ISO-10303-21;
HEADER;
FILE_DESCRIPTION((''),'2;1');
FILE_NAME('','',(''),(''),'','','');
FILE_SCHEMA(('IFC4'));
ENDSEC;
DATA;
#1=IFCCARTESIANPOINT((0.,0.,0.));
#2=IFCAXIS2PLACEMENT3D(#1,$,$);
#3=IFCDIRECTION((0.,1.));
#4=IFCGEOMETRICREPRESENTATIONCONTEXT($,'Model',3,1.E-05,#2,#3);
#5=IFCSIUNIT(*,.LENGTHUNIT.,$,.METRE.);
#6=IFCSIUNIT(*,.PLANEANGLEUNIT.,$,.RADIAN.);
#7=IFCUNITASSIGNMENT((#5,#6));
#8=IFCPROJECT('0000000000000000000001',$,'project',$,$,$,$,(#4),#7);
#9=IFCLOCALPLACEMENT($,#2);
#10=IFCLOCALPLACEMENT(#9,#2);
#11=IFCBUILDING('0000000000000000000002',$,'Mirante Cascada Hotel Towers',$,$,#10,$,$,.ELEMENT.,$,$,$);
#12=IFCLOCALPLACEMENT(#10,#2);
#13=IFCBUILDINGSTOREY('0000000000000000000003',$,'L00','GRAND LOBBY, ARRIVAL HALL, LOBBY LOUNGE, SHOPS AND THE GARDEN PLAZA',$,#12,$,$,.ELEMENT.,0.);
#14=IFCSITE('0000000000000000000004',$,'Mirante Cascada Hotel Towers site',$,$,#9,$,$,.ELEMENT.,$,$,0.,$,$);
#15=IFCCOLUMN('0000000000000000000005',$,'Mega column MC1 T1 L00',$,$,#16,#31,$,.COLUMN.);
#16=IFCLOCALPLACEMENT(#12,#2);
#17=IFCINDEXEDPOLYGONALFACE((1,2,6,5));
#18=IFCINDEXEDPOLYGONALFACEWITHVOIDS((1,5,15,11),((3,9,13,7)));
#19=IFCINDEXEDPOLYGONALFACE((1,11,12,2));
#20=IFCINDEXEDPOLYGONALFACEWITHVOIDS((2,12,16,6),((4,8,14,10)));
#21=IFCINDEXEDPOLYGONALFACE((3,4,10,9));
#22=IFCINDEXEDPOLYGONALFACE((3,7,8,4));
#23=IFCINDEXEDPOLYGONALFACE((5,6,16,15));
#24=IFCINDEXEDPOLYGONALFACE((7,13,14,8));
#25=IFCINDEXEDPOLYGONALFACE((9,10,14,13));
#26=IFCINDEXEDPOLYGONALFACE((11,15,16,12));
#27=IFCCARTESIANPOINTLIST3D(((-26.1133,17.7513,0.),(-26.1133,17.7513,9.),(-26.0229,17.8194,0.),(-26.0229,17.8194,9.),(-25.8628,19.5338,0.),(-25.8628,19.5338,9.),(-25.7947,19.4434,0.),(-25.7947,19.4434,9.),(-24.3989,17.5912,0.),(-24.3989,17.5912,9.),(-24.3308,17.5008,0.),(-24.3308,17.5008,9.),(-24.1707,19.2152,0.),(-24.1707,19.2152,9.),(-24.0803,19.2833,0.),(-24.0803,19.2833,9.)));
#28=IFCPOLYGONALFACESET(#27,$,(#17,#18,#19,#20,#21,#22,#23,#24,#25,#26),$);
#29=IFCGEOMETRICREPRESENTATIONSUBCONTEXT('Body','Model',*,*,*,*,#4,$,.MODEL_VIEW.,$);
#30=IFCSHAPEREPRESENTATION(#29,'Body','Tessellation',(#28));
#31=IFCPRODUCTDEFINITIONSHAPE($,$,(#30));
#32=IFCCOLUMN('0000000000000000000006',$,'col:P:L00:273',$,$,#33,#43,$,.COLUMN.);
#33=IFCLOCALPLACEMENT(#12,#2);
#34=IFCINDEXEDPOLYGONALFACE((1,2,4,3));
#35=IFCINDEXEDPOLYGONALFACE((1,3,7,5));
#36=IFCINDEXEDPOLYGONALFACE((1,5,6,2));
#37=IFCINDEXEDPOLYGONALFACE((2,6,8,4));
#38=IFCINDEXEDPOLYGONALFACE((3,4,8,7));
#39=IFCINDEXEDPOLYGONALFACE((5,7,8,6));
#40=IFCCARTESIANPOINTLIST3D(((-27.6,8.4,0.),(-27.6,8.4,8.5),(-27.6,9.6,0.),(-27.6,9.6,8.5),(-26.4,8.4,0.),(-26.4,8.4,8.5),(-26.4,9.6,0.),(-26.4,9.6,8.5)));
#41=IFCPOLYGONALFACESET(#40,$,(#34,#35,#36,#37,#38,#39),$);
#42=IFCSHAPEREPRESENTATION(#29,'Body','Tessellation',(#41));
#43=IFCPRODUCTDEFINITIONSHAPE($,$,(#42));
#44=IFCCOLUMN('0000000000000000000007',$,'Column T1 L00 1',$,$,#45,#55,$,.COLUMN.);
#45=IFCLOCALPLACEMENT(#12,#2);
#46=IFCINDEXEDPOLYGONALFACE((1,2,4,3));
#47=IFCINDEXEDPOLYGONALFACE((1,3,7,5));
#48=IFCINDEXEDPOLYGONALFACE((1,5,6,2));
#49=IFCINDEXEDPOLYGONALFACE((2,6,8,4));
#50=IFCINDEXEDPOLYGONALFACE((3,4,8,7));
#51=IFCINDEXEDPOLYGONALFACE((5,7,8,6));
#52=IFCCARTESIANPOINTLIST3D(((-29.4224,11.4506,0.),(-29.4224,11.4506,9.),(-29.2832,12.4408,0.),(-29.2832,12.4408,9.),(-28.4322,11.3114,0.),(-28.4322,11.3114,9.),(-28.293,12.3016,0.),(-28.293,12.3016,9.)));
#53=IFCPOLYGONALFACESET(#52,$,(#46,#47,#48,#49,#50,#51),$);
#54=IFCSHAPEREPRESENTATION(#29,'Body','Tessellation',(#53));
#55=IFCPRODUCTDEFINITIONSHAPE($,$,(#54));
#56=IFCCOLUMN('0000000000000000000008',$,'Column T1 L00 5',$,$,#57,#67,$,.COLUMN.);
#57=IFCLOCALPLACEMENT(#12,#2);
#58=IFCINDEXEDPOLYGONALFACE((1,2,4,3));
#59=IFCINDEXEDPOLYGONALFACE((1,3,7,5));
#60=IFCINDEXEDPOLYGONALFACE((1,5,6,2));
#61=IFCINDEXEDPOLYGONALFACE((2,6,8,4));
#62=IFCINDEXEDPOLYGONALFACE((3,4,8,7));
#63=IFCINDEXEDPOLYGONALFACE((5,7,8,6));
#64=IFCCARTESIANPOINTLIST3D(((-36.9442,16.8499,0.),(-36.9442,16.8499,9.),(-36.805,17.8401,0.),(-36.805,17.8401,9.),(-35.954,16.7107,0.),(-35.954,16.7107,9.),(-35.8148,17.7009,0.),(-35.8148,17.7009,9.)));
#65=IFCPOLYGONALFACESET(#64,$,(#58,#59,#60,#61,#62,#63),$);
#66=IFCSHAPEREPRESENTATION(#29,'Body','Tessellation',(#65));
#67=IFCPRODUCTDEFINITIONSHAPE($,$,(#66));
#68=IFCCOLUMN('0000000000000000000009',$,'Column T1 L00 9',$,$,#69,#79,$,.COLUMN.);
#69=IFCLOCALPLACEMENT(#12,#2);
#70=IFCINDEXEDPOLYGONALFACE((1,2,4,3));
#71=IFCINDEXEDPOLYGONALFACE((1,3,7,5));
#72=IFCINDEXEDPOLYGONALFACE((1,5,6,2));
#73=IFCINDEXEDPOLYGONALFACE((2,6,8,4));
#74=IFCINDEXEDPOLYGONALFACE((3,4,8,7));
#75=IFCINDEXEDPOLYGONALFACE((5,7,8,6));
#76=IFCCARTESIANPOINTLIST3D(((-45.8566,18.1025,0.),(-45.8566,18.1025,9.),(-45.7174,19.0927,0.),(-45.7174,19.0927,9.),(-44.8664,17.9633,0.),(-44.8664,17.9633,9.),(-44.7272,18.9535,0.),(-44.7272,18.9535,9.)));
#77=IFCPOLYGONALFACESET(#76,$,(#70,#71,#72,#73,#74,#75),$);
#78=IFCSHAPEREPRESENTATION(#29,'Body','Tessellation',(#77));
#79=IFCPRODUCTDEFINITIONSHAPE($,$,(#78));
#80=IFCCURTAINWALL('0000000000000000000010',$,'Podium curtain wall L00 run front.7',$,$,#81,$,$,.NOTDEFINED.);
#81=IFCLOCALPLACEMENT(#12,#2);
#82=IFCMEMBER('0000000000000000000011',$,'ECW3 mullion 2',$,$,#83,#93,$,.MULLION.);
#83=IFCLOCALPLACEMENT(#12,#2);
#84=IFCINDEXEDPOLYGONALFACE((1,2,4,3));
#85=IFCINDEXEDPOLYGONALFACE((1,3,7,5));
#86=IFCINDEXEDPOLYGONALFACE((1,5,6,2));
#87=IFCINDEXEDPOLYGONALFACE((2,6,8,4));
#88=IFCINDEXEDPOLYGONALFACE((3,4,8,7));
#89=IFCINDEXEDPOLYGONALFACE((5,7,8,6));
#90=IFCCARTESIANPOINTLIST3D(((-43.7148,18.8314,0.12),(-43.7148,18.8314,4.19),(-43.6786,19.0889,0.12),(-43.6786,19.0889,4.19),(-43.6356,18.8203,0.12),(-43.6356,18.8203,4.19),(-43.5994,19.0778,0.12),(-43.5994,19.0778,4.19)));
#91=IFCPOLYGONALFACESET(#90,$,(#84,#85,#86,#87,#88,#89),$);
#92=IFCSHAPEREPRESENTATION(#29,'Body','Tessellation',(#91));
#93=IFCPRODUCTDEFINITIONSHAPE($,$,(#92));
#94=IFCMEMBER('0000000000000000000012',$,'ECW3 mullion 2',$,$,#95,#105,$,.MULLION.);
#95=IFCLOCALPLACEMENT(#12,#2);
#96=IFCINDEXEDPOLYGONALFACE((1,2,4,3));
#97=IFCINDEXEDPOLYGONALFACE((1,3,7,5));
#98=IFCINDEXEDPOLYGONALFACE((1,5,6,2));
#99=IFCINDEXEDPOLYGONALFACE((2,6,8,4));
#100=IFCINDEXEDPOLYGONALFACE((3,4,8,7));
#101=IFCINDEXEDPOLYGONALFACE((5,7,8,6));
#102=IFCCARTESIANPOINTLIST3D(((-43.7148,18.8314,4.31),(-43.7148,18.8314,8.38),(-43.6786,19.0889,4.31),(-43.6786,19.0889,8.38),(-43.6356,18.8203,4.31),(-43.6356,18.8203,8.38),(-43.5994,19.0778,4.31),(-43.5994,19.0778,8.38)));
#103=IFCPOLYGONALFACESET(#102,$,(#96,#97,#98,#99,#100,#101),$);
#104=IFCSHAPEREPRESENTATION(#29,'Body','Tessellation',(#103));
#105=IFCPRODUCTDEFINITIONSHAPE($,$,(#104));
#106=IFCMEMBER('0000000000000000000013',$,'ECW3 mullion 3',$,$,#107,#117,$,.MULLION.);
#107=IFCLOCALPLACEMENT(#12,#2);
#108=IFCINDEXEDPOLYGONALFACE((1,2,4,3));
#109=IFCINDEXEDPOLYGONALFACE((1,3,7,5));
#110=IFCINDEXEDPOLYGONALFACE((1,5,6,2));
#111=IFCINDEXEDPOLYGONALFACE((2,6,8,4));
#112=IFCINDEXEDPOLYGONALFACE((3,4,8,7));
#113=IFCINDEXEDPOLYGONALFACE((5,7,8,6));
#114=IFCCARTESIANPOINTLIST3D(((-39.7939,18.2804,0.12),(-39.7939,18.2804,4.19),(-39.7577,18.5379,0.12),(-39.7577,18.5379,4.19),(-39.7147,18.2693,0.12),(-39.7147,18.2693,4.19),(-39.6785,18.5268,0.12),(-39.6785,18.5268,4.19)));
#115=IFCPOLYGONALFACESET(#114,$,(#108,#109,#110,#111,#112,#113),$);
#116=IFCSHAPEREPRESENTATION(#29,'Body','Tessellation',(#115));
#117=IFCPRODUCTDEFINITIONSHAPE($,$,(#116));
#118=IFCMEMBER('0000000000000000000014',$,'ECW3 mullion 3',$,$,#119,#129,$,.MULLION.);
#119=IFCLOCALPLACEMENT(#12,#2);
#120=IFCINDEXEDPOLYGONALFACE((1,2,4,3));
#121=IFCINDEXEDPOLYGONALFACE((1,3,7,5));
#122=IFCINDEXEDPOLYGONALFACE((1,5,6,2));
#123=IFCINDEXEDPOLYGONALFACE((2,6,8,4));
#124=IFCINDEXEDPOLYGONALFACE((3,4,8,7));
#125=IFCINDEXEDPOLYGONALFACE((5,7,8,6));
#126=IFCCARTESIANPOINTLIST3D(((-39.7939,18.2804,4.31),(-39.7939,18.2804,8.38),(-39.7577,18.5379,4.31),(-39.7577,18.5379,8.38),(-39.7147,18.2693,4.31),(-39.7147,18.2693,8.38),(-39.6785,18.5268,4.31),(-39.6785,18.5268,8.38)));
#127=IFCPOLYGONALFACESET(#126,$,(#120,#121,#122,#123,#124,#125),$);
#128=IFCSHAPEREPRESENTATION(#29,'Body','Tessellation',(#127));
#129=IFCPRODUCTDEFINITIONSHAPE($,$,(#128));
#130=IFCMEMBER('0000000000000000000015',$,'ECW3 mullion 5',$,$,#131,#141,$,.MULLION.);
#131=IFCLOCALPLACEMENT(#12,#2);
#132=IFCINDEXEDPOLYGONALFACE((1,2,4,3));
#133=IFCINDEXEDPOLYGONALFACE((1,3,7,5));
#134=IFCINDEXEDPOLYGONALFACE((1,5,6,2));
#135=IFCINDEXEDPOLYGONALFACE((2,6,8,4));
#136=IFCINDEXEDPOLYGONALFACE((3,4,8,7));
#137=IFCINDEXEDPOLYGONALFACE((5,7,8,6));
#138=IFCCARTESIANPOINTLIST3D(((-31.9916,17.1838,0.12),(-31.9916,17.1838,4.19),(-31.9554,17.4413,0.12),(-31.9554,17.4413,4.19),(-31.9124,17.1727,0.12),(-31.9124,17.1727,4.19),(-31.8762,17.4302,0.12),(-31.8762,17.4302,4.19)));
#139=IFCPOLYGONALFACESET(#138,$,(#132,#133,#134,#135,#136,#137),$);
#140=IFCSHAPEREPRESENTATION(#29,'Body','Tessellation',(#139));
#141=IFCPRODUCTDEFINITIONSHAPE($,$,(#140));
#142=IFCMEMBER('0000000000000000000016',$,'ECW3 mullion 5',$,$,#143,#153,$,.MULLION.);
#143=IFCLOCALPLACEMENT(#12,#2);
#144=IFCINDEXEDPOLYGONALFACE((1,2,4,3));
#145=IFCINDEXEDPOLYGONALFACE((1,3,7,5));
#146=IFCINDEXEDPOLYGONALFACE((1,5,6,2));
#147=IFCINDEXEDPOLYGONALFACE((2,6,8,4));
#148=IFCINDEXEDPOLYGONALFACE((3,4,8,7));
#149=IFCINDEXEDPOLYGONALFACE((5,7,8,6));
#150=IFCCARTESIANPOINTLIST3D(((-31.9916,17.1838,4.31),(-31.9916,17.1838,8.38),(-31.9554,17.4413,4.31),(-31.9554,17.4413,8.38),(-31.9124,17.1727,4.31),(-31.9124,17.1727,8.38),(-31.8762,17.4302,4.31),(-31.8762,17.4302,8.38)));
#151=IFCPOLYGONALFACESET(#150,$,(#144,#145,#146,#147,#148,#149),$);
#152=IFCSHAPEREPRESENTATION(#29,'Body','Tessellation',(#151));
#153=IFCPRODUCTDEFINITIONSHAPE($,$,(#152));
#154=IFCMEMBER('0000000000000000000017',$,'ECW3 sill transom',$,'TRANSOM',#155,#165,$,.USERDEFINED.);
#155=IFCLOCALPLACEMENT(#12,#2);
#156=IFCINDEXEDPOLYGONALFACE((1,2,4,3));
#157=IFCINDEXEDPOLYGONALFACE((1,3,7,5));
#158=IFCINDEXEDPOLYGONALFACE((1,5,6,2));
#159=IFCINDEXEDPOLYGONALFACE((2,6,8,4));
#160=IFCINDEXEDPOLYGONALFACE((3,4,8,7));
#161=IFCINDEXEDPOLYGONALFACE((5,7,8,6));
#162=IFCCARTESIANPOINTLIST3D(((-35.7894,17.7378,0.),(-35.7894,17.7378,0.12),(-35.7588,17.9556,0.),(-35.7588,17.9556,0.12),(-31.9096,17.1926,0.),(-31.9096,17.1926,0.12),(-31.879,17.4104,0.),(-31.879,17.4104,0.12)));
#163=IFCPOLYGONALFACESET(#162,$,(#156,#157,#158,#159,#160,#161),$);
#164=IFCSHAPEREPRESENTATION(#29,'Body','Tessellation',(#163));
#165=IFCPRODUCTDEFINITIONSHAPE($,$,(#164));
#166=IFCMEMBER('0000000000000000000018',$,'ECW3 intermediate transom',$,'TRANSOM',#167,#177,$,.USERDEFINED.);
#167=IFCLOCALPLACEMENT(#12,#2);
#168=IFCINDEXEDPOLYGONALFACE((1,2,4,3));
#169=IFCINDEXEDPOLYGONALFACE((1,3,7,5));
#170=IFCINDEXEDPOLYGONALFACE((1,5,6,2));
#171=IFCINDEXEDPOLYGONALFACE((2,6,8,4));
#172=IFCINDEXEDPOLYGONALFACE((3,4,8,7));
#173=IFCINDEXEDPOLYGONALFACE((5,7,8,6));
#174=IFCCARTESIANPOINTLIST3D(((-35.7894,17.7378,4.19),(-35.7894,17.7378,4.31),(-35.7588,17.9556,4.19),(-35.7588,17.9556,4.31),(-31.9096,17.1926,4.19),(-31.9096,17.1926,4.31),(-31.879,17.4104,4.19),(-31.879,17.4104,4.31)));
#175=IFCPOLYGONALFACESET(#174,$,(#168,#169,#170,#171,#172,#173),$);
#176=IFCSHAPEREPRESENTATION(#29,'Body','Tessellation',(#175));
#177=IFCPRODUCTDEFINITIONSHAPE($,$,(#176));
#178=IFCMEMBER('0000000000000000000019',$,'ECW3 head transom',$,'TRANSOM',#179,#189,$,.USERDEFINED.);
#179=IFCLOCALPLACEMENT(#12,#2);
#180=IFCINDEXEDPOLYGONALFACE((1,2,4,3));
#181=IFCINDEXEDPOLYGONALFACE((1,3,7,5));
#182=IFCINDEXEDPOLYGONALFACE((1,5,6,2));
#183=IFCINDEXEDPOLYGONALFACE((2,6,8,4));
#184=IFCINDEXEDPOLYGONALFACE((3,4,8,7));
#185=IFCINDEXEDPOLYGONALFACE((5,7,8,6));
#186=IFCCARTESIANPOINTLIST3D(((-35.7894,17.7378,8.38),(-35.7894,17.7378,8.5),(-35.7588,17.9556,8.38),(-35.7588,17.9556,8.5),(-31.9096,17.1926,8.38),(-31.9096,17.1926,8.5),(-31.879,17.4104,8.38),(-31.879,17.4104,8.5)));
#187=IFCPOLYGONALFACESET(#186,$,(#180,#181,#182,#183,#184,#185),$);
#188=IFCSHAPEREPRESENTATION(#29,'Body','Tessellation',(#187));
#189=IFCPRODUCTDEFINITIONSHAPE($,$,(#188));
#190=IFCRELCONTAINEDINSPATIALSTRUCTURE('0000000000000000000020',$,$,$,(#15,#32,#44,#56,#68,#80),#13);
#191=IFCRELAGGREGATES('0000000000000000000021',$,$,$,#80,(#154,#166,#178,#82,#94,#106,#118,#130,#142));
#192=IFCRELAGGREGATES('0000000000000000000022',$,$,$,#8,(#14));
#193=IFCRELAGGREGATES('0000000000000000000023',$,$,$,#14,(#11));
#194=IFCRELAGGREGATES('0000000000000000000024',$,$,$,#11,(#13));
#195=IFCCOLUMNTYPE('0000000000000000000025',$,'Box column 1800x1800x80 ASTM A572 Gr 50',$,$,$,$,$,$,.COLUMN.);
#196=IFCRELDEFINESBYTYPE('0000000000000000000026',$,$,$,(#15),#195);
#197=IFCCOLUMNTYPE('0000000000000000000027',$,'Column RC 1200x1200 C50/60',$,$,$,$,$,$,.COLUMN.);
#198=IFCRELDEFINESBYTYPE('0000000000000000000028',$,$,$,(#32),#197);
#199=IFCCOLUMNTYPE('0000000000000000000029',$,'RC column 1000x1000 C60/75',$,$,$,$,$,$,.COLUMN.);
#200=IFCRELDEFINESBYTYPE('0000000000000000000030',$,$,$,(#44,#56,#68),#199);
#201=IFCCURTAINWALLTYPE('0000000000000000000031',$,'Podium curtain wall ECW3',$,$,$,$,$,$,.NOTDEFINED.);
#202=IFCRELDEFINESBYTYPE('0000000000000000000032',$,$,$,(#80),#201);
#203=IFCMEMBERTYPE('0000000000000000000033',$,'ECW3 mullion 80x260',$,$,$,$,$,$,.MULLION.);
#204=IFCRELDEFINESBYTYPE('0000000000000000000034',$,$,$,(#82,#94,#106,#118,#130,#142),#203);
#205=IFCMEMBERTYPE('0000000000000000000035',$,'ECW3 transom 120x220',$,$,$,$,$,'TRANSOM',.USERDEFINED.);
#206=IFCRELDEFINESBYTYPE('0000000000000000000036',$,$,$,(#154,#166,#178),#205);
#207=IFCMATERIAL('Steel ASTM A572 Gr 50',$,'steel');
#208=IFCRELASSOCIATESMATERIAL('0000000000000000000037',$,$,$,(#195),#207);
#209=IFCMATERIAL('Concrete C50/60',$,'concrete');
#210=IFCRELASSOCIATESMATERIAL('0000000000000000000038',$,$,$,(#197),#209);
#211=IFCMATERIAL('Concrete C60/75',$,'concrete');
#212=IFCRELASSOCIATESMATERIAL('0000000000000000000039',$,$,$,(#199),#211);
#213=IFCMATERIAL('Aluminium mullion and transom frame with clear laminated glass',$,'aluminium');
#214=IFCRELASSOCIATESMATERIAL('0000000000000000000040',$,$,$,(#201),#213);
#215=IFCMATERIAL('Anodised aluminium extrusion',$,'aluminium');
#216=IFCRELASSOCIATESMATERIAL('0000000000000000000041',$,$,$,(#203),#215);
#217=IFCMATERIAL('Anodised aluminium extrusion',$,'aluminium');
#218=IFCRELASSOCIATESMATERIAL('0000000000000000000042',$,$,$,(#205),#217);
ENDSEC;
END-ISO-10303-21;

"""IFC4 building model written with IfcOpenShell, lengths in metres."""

from ifc_helpers import new_model, si_unit, direction, frame, origin, origin_2d, place, context, subcontext, project, spatial, rectangle, hollow_rectangle, extrude, material, material_profile, profile_set, type_object, element, aggregate, save


model = new_model("IFC4")

# Units and contexts
model_context = context("Model", 3, precision=1e-05, world=origin(), true_north=direction((0.0, 1.0)))
body_context = subcontext(model_context, "Body", "Model", "MODEL_VIEW")
ifc_project = project(units=[si_unit("LENGTHUNIT", "METRE"), si_unit("PLANEANGLEUNIT", "RADIAN")], contexts=[model_context])

# Site, building, storey
site_placement = place(None, origin())
site = spatial("IfcSite", under=ifc_project, at=site_placement, Name="Mirante Cascada Hotel Towers site", CompositionType="ELEMENT", RefElevation=0.0)
building_placement = place(site_placement, origin())
building = spatial("IfcBuilding", under=site, at=building_placement, Name="Mirante Cascada Hotel Towers", CompositionType="ELEMENT")
storey_placement = place(building_placement, origin())
storey = spatial("IfcBuildingStorey", under=building, at=storey_placement, Name="L00", Description="GRAND LOBBY, ARRIVAL HALL, LOBBY LOUNGE, SHOPS AND THE GARDEN PLAZA", CompositionType="ELEMENT", Elevation=0.0)

# Columns
ifc_material_1 = material(Name="Steel ASTM A572 Gr 50", Category="steel")
ifc_material_profile_1 = material_profile(ifc_material_1, hollow_rectangle(XDim=1.8, YDim=1.8, WallThickness=0.08, at=origin_2d()), Name="Box column 1800x1800x80 ASTM A572 Gr 50")
ifc_profile_set_1 = profile_set([ifc_material_profile_1], Name="Steel ASTM A572 Gr 50")
column_type_1 = type_object("IfcColumnType", Name="Box column 1800x1800x80 ASTM A572 Gr 50", PredefinedType="COLUMN", material=ifc_profile_set_1)
column_1_placement = place(storey_placement, frame((-25.0968, 18.5173, 0.0), z_axis=(0.0, 0.0, 1.0), x_axis=(-0.990268, 0.139173, 0.0)))
element("IfcColumn", 1, at=column_1_placement, inside=storey, type_object=column_type_1, Name="Mega column MC1 T1 L00", PredefinedType="COLUMN", context=body_context, shape_type="SweptSolid", body=[
    extrude(hollow_rectangle(XDim=1.8, YDim=1.8, WallThickness=0.08, at=origin_2d()), origin(), (0.0, 0.0, 1.0), 9.0),
])
ifc_material_2 = material(Name="Concrete C50/60", Category="concrete")
ifc_material_profile_2 = material_profile(ifc_material_2, rectangle(XDim=1.2, YDim=1.2, at=origin_2d()), Name="RC 1200x1200")
ifc_profile_set_2 = profile_set([ifc_material_profile_2], Name="Concrete C50/60")
column_type_2 = type_object("IfcColumnType", Name="Column RC 1200x1200 C50/60", PredefinedType="COLUMN", material=ifc_profile_set_2)
column_2_placement = place(storey_placement, frame((-27.0, 9.0, 0.0), z_axis=(0.0, 0.0, 1.0), x_axis=(1.0, 0.0, 0.0)))
element("IfcColumn", 2, at=column_2_placement, inside=storey, type_object=column_type_2, Name="col:P:L00:273", PredefinedType="COLUMN", context=body_context, shape_type="SweptSolid", body=[
    extrude(rectangle(XDim=1.2, YDim=1.2, at=origin_2d()), origin(), (0.0, 0.0, 1.0), 8.5),
])
ifc_material_3 = material(Name="Concrete C60/75", Category="concrete")
ifc_material_profile_3 = material_profile(ifc_material_3, rectangle(XDim=1.0, YDim=1.0, at=origin_2d()), Name="RC column 1000x1000 C60/75")
ifc_profile_set_3 = profile_set([ifc_material_profile_3], Name="Concrete C60/75")
column_type_3 = type_object("IfcColumnType", Name="RC column 1000x1000 C60/75", PredefinedType="COLUMN", material=ifc_profile_set_3)
for number, where, z_axis, x_axis, name in (
    (3, (-28.8577, 11.8761, 0.0), (0.0, 0.0, 1.0), (-0.990268, 0.139173, 0.0), "Column T1 L00 1"),
    (4, (-36.3795, 17.2754, 0.0), (0.0, 0.0, 1.0), (-0.990268, 0.139173, 0.0), "Column T1 L00 5"),
    (5, (-45.2919, 18.528, 0.0), (0.0, 0.0, 1.0), (-0.990268, 0.139173, 0.0), "Column T1 L00 9"),
):
    element("IfcColumn", number, at=place(storey_placement, frame(where, z_axis=z_axis, x_axis=x_axis)), inside=storey, type_object=column_type_3, Name=name, PredefinedType="COLUMN", context=body_context, shape_type="SweptSolid", body=[
        extrude(rectangle(XDim=1.0, YDim=1.0, at=origin_2d()), origin(), (0.0, 0.0, 1.0), 9.0),
    ])

# Curtain wall, members
ifc_material_4 = material(Name="Aluminium mullion and transom frame with clear laminated glass", Category="aluminium")
curtain_wall_type = type_object("IfcCurtainWallType", Name="Podium curtain wall ECW3", PredefinedType="NOTDEFINED", material=ifc_material_4)
curtain_wall_placement = place(storey_placement, origin())
curtain_wall = element("IfcCurtainWall", 6, at=curtain_wall_placement, inside=storey, type_object=curtain_wall_type, Name="Podium curtain wall L00 run front.7", PredefinedType="NOTDEFINED")
ifc_material_5 = material(Name="Anodised aluminium extrusion", Category="aluminium")
ifc_material_profile_4 = material_profile(ifc_material_5, rectangle(XDim=0.26, YDim=0.08, at=origin_2d()), Name="ECW3 MULLION 80x260")
ifc_profile_set_4 = profile_set([ifc_material_profile_4], Name="Anodised aluminium extrusion")
member_type_1 = type_object("IfcMemberType", Name="ECW3 mullion 80x260", PredefinedType="MULLION", material=ifc_profile_set_4)
member_1_placement = place(storey_placement, frame((-43.6571, 18.9546, 0.12), z_axis=(0.0, 0.0, 1.0), x_axis=(0.139173, 0.990268, 0.0)))
member_1 = element("IfcMember", 7, at=member_1_placement, type_object=member_type_1, Name="ECW3 mullion 2", PredefinedType="MULLION", context=body_context, shape_type="SweptSolid", body=[
    extrude(rectangle(XDim=0.26, YDim=0.08, at=origin_2d()), origin(), (0.0, 0.0, 1.0), 4.07),
])
member_2_placement = place(storey_placement, frame((-43.6571, 18.9546, 4.31), z_axis=(0.0, 0.0, 1.0), x_axis=(0.139173, 0.990268, 0.0)))
member_2 = element("IfcMember", 8, at=member_2_placement, type_object=member_type_1, Name="ECW3 mullion 2", PredefinedType="MULLION", context=body_context, shape_type="SweptSolid", body=[
    extrude(rectangle(XDim=0.26, YDim=0.08, at=origin_2d()), origin(), (0.0, 0.0, 1.0), 4.07),
])
member_3_placement = place(storey_placement, frame((-39.7362, 18.4036, 0.12), z_axis=(0.0, 0.0, 1.0), x_axis=(0.139173, 0.990268, 0.0)))
member_3 = element("IfcMember", 9, at=member_3_placement, type_object=member_type_1, Name="ECW3 mullion 3", PredefinedType="MULLION", context=body_context, shape_type="SweptSolid", body=[
    extrude(rectangle(XDim=0.26, YDim=0.08, at=origin_2d()), origin(), (0.0, 0.0, 1.0), 4.07),
])
member_4_placement = place(storey_placement, frame((-39.7362, 18.4036, 4.31), z_axis=(0.0, 0.0, 1.0), x_axis=(0.139173, 0.990268, 0.0)))
member_4 = element("IfcMember", 10, at=member_4_placement, type_object=member_type_1, Name="ECW3 mullion 3", PredefinedType="MULLION", context=body_context, shape_type="SweptSolid", body=[
    extrude(rectangle(XDim=0.26, YDim=0.08, at=origin_2d()), origin(), (0.0, 0.0, 1.0), 4.07),
])
member_5_placement = place(storey_placement, frame((-31.9339, 17.307, 0.12), z_axis=(0.0, 0.0, 1.0), x_axis=(0.139173, 0.990268, 0.0)))
member_5 = element("IfcMember", 11, at=member_5_placement, type_object=member_type_1, Name="ECW3 mullion 5", PredefinedType="MULLION", context=body_context, shape_type="SweptSolid", body=[
    extrude(rectangle(XDim=0.26, YDim=0.08, at=origin_2d()), origin(), (0.0, 0.0, 1.0), 4.07),
])
member_6_placement = place(storey_placement, frame((-31.9339, 17.307, 4.31), z_axis=(0.0, 0.0, 1.0), x_axis=(0.139173, 0.990268, 0.0)))
member_6 = element("IfcMember", 12, at=member_6_placement, type_object=member_type_1, Name="ECW3 mullion 5", PredefinedType="MULLION", context=body_context, shape_type="SweptSolid", body=[
    extrude(rectangle(XDim=0.26, YDim=0.08, at=origin_2d()), origin(), (0.0, 0.0, 1.0), 4.07),
])
ifc_material_6 = material(Name="Anodised aluminium extrusion", Category="aluminium")
ifc_material_profile_5 = material_profile(ifc_material_6, rectangle(XDim=0.22, YDim=0.12, at=origin_2d()), Name="ECW3 TRANSOM 120x220")
ifc_profile_set_5 = profile_set([ifc_material_profile_5], Name="Anodised aluminium extrusion")
member_type_2 = type_object("IfcMemberType", Name="ECW3 transom 120x220", ElementType="TRANSOM", PredefinedType="USERDEFINED", material=ifc_profile_set_5)
member_7_placement = place(storey_placement, frame((-35.7741, 17.8467, 0.06), z_axis=(0.990271, -0.139155, 0.0), x_axis=(0.139155, 0.990271, 0.0)))
member_7 = element("IfcMember", 13, at=member_7_placement, type_object=member_type_2, Name="ECW3 sill transom", ObjectType="TRANSOM", PredefinedType="USERDEFINED", context=body_context, shape_type="SweptSolid", body=[
    extrude(rectangle(XDim=0.22, YDim=0.12, at=origin_2d()), origin(), (0.0, 0.0, 1.0), 3.9179),
])
member_8_placement = place(storey_placement, frame((-35.7741, 17.8467, 4.25), z_axis=(0.990271, -0.139155, 0.0), x_axis=(0.139155, 0.990271, 0.0)))
member_8 = element("IfcMember", 14, at=member_8_placement, type_object=member_type_2, Name="ECW3 intermediate transom", ObjectType="TRANSOM", PredefinedType="USERDEFINED", context=body_context, shape_type="SweptSolid", body=[
    extrude(rectangle(XDim=0.22, YDim=0.12, at=origin_2d()), origin(), (0.0, 0.0, 1.0), 3.9179),
])
member_9_placement = place(storey_placement, frame((-35.7741, 17.8467, 8.44), z_axis=(0.990271, -0.139155, 0.0), x_axis=(0.139155, 0.990271, 0.0)))
member_9 = element("IfcMember", 15, at=member_9_placement, type_object=member_type_2, Name="ECW3 head transom", ObjectType="TRANSOM", PredefinedType="USERDEFINED", context=body_context, shape_type="SweptSolid", body=[
    extrude(rectangle(XDim=0.22, YDim=0.12, at=origin_2d()), origin(), (0.0, 0.0, 1.0), 3.9179),
])
aggregate(curtain_wall, [member_7, member_8, member_9, member_1, member_2, member_3, member_4, member_5, member_6])

save(model, "model.ifc")
